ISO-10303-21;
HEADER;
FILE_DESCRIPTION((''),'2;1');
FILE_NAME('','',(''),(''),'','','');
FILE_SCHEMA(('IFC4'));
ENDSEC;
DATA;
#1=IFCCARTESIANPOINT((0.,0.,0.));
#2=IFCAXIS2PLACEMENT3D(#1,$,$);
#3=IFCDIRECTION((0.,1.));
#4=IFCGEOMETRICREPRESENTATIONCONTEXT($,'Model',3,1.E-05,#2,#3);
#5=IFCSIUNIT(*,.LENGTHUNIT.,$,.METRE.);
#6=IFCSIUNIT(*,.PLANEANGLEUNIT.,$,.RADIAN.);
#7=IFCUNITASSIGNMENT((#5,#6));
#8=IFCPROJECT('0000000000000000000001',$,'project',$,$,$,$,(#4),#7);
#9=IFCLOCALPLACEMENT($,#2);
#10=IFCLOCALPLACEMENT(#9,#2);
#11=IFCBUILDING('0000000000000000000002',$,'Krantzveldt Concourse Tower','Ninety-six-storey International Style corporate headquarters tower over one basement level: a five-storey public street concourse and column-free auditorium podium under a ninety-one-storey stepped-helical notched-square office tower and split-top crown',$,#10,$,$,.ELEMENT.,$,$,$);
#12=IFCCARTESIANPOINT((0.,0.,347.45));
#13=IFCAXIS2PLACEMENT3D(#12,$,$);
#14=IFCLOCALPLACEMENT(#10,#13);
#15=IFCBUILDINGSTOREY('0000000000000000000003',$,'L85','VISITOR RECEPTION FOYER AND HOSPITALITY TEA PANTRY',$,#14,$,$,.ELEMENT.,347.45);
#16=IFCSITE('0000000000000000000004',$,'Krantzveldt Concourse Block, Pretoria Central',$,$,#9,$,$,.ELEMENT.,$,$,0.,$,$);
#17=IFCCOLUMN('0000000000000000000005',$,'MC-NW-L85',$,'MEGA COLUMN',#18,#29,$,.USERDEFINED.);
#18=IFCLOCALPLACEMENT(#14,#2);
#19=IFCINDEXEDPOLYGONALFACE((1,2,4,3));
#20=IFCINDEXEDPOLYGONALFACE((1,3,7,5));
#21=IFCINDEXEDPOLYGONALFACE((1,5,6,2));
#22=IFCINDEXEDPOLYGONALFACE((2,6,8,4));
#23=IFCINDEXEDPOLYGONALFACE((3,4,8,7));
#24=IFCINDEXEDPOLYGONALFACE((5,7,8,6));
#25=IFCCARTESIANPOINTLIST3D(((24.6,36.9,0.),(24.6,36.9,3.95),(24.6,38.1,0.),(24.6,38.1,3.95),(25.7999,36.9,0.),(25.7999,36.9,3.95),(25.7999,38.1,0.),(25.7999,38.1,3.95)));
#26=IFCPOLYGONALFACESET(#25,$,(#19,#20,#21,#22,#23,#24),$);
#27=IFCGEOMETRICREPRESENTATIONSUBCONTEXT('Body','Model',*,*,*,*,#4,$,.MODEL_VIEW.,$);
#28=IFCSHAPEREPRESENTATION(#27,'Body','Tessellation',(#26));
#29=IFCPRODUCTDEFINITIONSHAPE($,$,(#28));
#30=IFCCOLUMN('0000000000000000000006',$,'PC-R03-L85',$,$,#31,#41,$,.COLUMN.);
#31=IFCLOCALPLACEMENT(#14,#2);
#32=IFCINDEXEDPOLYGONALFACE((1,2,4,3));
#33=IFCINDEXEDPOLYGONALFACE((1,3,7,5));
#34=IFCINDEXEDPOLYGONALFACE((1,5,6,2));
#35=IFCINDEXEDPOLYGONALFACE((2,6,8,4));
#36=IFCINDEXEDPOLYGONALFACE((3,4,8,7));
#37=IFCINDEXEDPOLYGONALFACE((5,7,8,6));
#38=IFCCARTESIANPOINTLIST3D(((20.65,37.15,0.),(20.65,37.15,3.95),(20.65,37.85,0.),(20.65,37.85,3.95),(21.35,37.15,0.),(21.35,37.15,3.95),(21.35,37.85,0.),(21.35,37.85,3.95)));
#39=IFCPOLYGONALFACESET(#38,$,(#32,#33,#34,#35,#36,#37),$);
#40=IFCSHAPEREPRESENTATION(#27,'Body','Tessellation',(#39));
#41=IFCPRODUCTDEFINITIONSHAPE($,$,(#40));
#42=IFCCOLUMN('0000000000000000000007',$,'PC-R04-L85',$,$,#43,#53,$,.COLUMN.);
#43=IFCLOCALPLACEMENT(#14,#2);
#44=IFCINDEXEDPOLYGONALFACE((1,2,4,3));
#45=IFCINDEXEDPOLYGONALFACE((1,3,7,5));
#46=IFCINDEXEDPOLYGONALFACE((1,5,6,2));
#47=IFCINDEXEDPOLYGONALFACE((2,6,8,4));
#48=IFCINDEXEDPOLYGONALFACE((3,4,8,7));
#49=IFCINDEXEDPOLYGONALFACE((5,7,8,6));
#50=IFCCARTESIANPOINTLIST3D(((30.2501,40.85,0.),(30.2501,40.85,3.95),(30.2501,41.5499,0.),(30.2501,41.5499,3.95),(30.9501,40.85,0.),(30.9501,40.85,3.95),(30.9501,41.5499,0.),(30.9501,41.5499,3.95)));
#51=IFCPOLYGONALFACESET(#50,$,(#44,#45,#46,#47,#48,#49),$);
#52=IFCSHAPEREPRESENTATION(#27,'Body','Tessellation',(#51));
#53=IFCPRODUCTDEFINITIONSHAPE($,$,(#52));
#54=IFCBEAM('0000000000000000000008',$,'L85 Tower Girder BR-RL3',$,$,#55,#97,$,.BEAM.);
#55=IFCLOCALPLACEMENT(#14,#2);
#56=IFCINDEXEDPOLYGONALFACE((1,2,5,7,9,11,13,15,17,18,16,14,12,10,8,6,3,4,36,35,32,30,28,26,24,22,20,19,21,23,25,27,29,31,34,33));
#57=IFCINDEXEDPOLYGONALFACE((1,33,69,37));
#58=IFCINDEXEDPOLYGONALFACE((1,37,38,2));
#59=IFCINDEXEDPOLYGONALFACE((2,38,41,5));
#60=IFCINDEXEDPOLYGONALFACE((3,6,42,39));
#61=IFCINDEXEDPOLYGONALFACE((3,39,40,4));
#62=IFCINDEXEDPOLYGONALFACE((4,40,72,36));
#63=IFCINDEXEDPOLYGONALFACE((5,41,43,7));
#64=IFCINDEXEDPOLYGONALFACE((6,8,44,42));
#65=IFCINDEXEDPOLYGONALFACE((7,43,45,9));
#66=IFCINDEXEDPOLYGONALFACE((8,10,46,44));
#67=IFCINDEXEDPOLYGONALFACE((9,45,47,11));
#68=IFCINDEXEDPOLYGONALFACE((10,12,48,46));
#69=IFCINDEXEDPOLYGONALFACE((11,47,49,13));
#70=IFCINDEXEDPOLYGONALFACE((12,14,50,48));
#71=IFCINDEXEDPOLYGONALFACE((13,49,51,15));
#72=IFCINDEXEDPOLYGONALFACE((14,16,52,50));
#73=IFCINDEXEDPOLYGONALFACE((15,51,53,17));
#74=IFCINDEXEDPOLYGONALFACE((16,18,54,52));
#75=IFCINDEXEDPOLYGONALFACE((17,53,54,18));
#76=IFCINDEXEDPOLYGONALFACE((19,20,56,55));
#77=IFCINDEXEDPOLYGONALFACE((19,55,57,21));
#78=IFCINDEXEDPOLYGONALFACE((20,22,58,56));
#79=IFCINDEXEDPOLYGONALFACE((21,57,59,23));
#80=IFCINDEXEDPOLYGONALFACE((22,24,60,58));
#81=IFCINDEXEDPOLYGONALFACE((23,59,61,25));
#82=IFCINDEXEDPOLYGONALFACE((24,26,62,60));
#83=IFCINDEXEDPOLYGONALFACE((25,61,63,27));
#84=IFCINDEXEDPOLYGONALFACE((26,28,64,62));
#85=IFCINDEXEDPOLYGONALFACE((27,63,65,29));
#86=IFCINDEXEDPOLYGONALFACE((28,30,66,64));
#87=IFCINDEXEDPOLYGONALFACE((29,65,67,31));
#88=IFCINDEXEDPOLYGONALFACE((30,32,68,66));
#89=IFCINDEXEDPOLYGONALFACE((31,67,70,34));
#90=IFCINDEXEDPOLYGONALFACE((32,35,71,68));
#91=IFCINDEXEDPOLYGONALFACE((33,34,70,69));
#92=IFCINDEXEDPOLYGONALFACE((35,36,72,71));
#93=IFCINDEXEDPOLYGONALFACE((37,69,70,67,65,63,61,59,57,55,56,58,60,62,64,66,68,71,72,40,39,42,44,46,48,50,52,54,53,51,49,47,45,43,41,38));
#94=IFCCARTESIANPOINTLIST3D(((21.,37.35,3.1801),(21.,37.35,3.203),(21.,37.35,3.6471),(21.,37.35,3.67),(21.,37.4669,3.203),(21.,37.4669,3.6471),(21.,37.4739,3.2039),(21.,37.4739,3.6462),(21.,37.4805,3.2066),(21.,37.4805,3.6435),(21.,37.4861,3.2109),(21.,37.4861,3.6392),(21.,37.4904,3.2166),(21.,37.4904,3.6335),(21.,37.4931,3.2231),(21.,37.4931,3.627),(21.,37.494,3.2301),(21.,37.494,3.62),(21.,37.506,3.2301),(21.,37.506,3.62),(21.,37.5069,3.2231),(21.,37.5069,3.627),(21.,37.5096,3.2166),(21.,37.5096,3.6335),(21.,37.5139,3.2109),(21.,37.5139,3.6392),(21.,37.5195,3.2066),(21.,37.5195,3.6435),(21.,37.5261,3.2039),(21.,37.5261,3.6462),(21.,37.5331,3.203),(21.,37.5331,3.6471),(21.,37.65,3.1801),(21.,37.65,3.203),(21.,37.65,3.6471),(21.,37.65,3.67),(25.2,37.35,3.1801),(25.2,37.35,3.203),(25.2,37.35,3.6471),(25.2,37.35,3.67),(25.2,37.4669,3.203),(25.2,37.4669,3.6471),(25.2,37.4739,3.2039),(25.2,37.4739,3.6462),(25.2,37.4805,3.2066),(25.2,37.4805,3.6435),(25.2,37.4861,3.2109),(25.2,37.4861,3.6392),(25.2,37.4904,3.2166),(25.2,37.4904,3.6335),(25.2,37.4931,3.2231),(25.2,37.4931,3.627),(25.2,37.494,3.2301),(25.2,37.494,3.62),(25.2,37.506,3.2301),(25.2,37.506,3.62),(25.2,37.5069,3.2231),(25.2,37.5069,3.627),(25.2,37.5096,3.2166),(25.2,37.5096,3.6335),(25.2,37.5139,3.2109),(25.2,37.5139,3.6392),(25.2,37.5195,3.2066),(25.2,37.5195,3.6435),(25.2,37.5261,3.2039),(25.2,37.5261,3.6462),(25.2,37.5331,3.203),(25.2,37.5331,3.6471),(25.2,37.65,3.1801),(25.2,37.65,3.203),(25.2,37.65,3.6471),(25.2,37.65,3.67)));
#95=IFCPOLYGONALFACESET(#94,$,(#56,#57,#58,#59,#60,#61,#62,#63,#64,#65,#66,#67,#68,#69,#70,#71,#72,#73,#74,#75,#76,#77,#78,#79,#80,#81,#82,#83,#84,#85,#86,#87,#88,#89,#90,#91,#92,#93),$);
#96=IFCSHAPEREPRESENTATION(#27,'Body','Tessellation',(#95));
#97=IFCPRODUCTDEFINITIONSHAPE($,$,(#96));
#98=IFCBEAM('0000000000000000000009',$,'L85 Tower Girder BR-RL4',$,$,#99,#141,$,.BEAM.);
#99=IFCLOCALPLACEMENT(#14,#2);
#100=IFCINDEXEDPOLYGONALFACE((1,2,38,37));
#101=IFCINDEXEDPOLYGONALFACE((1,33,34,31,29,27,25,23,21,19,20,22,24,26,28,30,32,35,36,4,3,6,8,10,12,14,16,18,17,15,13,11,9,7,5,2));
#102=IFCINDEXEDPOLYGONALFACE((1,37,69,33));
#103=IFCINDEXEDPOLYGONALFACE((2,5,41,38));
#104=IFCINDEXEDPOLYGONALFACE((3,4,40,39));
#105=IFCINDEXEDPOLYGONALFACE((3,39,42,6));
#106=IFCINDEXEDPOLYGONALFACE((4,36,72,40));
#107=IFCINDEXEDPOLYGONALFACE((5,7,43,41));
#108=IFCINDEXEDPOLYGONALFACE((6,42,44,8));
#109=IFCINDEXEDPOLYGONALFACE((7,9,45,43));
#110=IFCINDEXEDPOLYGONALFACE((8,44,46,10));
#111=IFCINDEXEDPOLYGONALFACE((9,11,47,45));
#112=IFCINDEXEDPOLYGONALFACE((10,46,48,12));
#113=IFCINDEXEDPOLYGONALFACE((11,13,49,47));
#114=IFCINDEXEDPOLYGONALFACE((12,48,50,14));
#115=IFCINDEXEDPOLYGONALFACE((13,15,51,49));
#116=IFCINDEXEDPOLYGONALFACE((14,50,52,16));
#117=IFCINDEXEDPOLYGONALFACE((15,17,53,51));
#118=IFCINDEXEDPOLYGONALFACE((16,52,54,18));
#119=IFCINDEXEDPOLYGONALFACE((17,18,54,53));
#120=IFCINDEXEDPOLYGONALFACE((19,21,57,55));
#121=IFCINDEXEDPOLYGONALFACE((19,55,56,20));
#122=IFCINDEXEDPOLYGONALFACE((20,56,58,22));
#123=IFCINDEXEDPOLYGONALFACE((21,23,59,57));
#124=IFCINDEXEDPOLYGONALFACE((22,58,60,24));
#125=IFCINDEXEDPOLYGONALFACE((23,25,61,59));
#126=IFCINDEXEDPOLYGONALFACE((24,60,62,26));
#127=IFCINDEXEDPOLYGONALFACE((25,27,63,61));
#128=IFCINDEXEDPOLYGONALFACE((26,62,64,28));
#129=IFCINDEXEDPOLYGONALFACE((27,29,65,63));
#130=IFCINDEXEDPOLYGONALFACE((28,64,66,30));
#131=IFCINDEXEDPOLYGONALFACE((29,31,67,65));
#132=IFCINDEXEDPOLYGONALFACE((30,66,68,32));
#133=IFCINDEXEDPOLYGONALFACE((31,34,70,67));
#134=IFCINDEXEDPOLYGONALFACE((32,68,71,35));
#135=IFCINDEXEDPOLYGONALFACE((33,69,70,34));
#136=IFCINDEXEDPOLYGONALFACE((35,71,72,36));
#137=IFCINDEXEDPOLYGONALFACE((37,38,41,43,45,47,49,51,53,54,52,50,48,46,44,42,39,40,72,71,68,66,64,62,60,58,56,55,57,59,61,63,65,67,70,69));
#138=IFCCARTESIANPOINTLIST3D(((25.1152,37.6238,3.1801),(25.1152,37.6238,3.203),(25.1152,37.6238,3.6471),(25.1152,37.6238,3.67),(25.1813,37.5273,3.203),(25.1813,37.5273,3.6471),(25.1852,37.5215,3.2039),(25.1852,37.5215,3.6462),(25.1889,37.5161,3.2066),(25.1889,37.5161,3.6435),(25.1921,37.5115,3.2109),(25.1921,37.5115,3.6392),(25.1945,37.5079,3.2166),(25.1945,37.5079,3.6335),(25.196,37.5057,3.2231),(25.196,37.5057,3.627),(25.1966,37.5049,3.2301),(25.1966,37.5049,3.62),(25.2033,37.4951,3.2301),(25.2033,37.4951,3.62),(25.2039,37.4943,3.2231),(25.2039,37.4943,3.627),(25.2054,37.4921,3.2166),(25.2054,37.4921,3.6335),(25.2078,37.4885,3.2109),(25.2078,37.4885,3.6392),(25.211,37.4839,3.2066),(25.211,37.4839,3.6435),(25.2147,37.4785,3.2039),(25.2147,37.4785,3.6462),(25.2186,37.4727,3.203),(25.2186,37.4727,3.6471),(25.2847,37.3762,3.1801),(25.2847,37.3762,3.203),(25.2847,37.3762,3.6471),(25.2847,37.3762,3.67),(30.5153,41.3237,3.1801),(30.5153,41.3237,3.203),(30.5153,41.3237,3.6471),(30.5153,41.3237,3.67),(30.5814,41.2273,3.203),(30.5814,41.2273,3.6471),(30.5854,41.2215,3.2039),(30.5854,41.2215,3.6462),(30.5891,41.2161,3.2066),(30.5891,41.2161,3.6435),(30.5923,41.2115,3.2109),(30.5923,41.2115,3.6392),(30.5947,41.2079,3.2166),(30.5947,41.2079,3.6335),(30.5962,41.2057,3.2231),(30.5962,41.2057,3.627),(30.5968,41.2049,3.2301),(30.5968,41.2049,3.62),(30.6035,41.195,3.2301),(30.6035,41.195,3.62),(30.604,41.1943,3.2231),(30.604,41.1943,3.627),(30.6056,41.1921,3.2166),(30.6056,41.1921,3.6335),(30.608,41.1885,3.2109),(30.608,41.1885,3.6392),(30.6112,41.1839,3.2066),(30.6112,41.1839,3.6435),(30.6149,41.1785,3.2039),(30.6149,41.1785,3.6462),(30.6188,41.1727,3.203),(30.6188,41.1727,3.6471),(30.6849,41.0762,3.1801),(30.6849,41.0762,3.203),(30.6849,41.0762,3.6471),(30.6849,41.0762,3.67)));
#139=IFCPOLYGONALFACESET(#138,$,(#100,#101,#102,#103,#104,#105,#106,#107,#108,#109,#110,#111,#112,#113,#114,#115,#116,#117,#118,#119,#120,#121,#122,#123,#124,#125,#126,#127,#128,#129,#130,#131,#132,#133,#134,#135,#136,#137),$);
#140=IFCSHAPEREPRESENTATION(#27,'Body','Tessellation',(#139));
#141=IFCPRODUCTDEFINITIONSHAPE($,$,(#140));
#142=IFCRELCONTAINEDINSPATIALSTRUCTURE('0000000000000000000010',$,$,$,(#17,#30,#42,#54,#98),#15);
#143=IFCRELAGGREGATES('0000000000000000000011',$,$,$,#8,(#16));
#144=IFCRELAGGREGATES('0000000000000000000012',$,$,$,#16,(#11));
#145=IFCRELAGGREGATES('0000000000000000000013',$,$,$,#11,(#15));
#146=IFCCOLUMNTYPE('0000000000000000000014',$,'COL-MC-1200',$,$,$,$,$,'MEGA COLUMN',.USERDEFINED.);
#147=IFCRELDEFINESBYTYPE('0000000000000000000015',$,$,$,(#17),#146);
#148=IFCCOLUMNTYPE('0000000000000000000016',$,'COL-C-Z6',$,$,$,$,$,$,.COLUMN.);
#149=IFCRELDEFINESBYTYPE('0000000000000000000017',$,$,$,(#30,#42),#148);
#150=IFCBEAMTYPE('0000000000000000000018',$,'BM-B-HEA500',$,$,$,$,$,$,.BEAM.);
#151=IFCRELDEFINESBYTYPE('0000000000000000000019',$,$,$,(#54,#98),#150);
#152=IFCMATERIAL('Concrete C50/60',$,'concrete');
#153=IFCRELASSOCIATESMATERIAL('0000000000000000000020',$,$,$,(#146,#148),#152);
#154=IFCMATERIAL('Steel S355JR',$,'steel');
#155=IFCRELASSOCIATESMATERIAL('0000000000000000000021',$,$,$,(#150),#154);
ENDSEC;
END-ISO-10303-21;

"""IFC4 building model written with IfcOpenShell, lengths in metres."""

from ifc_helpers import new_model, si_unit, direction, frame, origin, origin_2d, place, context, subcontext, project, spatial, rectangle, i_section, extrude, source, transform, mapped, material, material_profile, profile_set, type_object, type_shapes, element, save


model = new_model("IFC4")

# Units and contexts
model_context = context("Model", 3, precision=1e-05, world=origin(), true_north=direction((0.0, 1.0)))
body_context = subcontext(model_context, "Body", "Model", "MODEL_VIEW")
ifc_project = project(units=[si_unit("LENGTHUNIT", "METRE"), si_unit("PLANEANGLEUNIT", "RADIAN")], contexts=[model_context])

# Site, building, storey
site_placement = place(None, origin())
site = spatial("IfcSite", under=ifc_project, at=site_placement, Name="Krantzveldt Concourse Block, Pretoria Central", CompositionType="ELEMENT", RefElevation=0.0)
building_placement = place(site_placement, origin())
building = spatial("IfcBuilding", under=site, at=building_placement, Name="Krantzveldt Concourse Tower", Description="Ninety-six-storey International Style corporate headquarters tower over one basement level: a five-storey public street concourse and column-free auditorium podium under a ninety-one-storey stepped-helical notched-square office tower and split-top crown", CompositionType="ELEMENT")
storey_placement = place(building_placement, frame((0.0, 0.0, 347.45)))
storey = spatial("IfcBuildingStorey", under=building, at=storey_placement, Name="L85", Description="VISITOR RECEPTION FOYER AND HOSPITALITY TEA PANTRY", CompositionType="ELEMENT", Elevation=347.45)

# Columns
ifc_material_1 = material(Name="Concrete C50/60", Category="concrete")
ifc_material_profile_1 = material_profile(ifc_material_1, rectangle(XDim=1.2, YDim=1.2, at=origin_2d()), Name="Concrete C50/60", Category="concrete")
ifc_profile_set_1 = profile_set([ifc_material_profile_1], Name="Concrete C50/60 - RC 1200x1200")
column_type_1 = type_object("IfcColumnType", Name="COL-MC-1200", ElementType="MEGA COLUMN", PredefinedType="USERDEFINED", material=ifc_profile_set_1)
shared_shape_1 = source(origin(), body_context, "Body", "SweptSolid", [
    extrude(rectangle(XDim=1.2, YDim=1.2, at=origin_2d()), origin(), (0.0, 0.0, 1.0), 3.95),
])
type_shapes(column_type_1, [shared_shape_1])
column_placement = place(storey_placement, frame((25.2, 37.5, 0.0), z_axis=(0.0, 0.0, 1.0), x_axis=(1.0, 0.0, 0.0)))
element("IfcColumn", 1, at=column_placement, inside=storey, type_object=column_type_1, Name="MC-NW-L85", ObjectType="MEGA COLUMN", PredefinedType="USERDEFINED", context=body_context, shape_type="MappedRepresentation", body=[
    mapped(shared_shape_1, transform((0.0, 0.0, 0.0), x_axis=(1.0, 0.0, 0.0), y_axis=(0.0, 1.0, 0.0), z_axis=(0.0, 0.0, 1.0), scale=1.0)),
])
ifc_material_profile_2 = material_profile(ifc_material_1, rectangle(XDim=0.7, YDim=0.7, at=origin_2d()), Name="Concrete C50/60", Category="concrete")
ifc_profile_set_2 = profile_set([ifc_material_profile_2], Name="Concrete C50/60 - RC 700x700")
column_type_2 = type_object("IfcColumnType", Name="COL-C-Z6", PredefinedType="COLUMN", material=ifc_profile_set_2)
shared_shape_2 = source(origin(), body_context, "Body", "SweptSolid", [
    extrude(rectangle(XDim=0.7, YDim=0.7, at=origin_2d()), origin(), (0.0, 0.0, 1.0), 3.95),
])
type_shapes(column_type_2, [shared_shape_2])
for number, where, z_axis, x_axis, name in (
    (2, (21.0, 37.5, 0.0), (0.0, 0.0, 1.0), (1.0, 0.0, 0.0), "PC-R03-L85"),
    (3, (30.6001, 41.2, 0.0), (0.0, 0.0, 1.0), (1.0, 0.0, 0.0), "PC-R04-L85"),
):
    element("IfcColumn", number, at=place(storey_placement, frame(where, z_axis=z_axis, x_axis=x_axis)), inside=storey, type_object=column_type_2, Name=name, PredefinedType="COLUMN", context=body_context, shape_type="MappedRepresentation", body=[
        mapped(shared_shape_2, transform((0.0, 0.0, 0.0), x_axis=(1.0, 0.0, 0.0), y_axis=(0.0, 1.0, 0.0), z_axis=(0.0, 0.0, 1.0), scale=1.0)),
    ])

# Beams
ifc_material_2 = material(Name="Steel S355JR", Category="steel")
ifc_material_profile_3 = material_profile(ifc_material_2, i_section(OverallWidth=0.3, OverallDepth=0.49, WebThickness=0.012, FlangeThickness=0.0229, FilletRadius=0.0271, at=origin_2d()), Name="Steel S355JR", Category="steel")
ifc_profile_set_3 = profile_set([ifc_material_profile_3], Name="Steel S355JR - HEA 500")
beam_type_1 = type_object("IfcBeamType", Name="BM-B-HEA500", PredefinedType="BEAM", material=ifc_profile_set_3)
shared_shape_3 = source(origin(), body_context, "Body", "SweptSolid", [
    extrude(i_section(OverallWidth=0.3, OverallDepth=0.49, WebThickness=0.012, FlangeThickness=0.0229, FilletRadius=0.0271, at=origin_2d()), origin(), (0.0, 0.0, 1.0), 4.2),
])
beam_1_placement = place(storey_placement, frame((21.0, 37.5, 3.425), z_axis=(1.0, 0.0, 0.0), x_axis=(0.0, 1.0, 0.0)))
element("IfcBeam", 4, at=beam_1_placement, inside=storey, type_object=beam_type_1, Name="L85 Tower Girder BR-RL3", PredefinedType="BEAM", context=body_context, shape_type="MappedRepresentation", body=[
    mapped(shared_shape_3, transform((0.0, 0.0, 0.0), x_axis=(1.0, 0.0, 0.0), y_axis=(0.0, 1.0, 0.0), z_axis=(0.0, 0.0, 1.0), scale=1.0)),
])
shared_shape_4 = source(origin(), body_context, "Body", "SweptSolid", [
    extrude(i_section(OverallWidth=0.3, OverallDepth=0.49, WebThickness=0.012, FlangeThickness=0.0229, FilletRadius=0.0271, at=origin_2d()), origin(), (0.0, 0.0, 1.0), 6.5461),
])
type_shapes(beam_type_1, [shared_shape_3, shared_shape_4])
beam_2_placement = place(storey_placement, frame((25.2, 37.5, 3.425), z_axis=(0.824943, 0.565216, 0.0), x_axis=(-0.565216, 0.824943, 0.0)))
element("IfcBeam", 5, at=beam_2_placement, inside=storey, type_object=beam_type_1, Name="L85 Tower Girder BR-RL4", PredefinedType="BEAM", context=body_context, shape_type="MappedRepresentation", body=[
    mapped(shared_shape_4, transform((0.0, 0.0, 0.0), x_axis=(1.0, 0.0, 0.0), y_axis=(0.0, 1.0, 0.0), z_axis=(0.0, 0.0, 1.0), scale=1.0)),
])

save(model, "model.ifc")
